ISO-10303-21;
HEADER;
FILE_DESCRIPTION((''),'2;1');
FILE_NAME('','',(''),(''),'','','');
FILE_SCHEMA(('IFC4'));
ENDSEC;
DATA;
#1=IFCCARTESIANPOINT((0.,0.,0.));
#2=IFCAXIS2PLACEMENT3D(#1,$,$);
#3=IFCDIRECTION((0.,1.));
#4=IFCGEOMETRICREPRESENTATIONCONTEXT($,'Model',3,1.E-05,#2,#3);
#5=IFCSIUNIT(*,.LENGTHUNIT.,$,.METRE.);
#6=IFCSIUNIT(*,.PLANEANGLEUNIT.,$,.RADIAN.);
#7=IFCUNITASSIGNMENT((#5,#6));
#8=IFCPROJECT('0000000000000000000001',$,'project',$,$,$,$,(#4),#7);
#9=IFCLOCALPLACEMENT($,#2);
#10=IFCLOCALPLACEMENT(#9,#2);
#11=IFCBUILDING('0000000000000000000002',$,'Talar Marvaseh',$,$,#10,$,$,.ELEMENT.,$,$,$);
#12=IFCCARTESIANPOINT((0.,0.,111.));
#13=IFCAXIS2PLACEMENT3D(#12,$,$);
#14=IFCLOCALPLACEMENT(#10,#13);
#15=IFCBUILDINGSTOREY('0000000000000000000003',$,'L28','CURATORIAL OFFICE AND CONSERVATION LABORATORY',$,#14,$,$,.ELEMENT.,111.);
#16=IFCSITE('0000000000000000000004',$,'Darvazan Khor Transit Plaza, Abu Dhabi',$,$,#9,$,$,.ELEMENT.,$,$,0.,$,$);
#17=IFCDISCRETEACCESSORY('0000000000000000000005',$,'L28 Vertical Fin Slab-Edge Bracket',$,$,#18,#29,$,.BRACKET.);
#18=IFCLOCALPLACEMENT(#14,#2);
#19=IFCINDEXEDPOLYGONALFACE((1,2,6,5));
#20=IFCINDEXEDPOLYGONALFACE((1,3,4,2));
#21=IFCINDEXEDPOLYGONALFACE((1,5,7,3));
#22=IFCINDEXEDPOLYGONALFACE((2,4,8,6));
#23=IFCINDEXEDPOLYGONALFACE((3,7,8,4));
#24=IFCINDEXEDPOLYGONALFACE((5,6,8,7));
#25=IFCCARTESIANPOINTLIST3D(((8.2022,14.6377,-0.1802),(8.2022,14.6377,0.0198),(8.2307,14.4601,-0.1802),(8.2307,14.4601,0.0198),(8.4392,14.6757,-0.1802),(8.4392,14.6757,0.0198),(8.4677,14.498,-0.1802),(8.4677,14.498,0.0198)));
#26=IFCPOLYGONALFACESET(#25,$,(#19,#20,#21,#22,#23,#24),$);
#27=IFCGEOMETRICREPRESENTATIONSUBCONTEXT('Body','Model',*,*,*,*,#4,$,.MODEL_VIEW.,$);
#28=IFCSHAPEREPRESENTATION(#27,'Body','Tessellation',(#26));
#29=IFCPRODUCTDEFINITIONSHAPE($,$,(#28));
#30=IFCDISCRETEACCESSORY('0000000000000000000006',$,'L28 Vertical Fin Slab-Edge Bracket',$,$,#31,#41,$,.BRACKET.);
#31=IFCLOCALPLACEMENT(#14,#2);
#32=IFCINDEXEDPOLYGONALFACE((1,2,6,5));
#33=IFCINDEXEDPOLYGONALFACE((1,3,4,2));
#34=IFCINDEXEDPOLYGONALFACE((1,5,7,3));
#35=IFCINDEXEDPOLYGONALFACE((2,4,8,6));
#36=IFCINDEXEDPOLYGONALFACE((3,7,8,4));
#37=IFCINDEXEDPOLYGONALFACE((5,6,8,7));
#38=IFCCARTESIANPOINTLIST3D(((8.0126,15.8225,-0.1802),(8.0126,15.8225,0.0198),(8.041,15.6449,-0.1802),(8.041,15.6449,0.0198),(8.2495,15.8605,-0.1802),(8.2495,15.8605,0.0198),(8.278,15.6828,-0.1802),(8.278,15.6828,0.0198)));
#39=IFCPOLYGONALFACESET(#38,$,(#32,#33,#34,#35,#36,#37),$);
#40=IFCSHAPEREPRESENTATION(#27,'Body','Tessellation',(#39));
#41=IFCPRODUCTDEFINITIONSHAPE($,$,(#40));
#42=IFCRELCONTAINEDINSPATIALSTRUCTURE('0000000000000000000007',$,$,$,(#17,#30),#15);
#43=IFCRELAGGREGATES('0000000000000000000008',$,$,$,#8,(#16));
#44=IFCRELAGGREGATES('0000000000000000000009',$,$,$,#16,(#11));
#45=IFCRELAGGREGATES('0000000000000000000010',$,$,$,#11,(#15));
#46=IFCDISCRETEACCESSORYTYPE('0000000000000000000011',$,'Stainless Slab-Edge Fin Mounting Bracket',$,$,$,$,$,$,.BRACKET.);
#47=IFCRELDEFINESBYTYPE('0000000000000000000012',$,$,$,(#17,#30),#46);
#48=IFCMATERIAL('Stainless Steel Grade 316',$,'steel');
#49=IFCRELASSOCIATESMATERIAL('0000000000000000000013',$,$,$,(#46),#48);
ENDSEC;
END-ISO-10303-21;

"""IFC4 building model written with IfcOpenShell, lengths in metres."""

from ifc_helpers import new_model, si_unit, direction, frame, origin, origin_2d, place, context, subcontext, project, spatial, rectangle, extrude, source, transform, mapped, material, type_object, type_shapes, element, save


model = new_model("IFC4")

# Units and contexts
model_context = context("Model", 3, precision=1e-05, world=origin(), true_north=direction((0.0, 1.0)))
body_context = subcontext(model_context, "Body", "Model", "MODEL_VIEW")
ifc_project = project(units=[si_unit("LENGTHUNIT", "METRE"), si_unit("PLANEANGLEUNIT", "RADIAN")], contexts=[model_context])

# Site, building, storey
site_placement = place(None, origin())
site = spatial("IfcSite", under=ifc_project, at=site_placement, Name="Darvazan Khor Transit Plaza, Abu Dhabi", CompositionType="ELEMENT", RefElevation=0.0)
building_placement = place(site_placement, origin())
building = spatial("IfcBuilding", under=site, at=building_placement, Name="Talar Marvaseh", CompositionType="ELEMENT")
storey_placement = place(building_placement, frame((0.0, 0.0, 111.0)))
storey = spatial("IfcBuildingStorey", under=building, at=storey_placement, Name="L28", Description="CURATORIAL OFFICE AND CONSERVATION LABORATORY", CompositionType="ELEMENT", Elevation=111.0)

# Discrete accessories
ifc_material_1 = material(Name="Stainless Steel Grade 316", Category="steel")
discrete_accessory_type = type_object("IfcDiscreteAccessoryType", Name="Stainless Slab-Edge Fin Mounting Bracket", PredefinedType="BRACKET", material=ifc_material_1)
shared_shape_1 = source(origin(), body_context, "Body", "SweptSolid", [
    extrude(rectangle(XDim=0.24, YDim=0.1799, at=origin_2d()), origin(), (0.0, 0.0, 1.0), 0.2),
])
type_shapes(discrete_accessory_type, [shared_shape_1])
for number, where, z_axis, x_axis, name in (
    (1, (8.335, 14.5679, -0.1802), (0.0, 0.0, 1.0), (-0.987414, -0.158158, 0.0), "L28 Vertical Fin Slab-Edge Bracket"),
    (2, (8.1453, 15.7527, -0.1802), (0.0, 0.0, 1.0), (-0.987414, -0.158158, 0.0), "L28 Vertical Fin Slab-Edge Bracket"),
):
    element("IfcDiscreteAccessory", number, at=place(storey_placement, frame(where, z_axis=z_axis, x_axis=x_axis)), inside=storey, type_object=discrete_accessory_type, Name=name, PredefinedType="BRACKET", context=body_context, shape_type="MappedRepresentation", body=[
        mapped(shared_shape_1, transform((0.0, 0.0, 0.0), x_axis=(1.0, 0.0, 0.0), y_axis=(0.0, 1.0, 0.0), z_axis=(0.0, 0.0, 1.0), scale=1.0)),
    ])

save(model, "model.ifc")
